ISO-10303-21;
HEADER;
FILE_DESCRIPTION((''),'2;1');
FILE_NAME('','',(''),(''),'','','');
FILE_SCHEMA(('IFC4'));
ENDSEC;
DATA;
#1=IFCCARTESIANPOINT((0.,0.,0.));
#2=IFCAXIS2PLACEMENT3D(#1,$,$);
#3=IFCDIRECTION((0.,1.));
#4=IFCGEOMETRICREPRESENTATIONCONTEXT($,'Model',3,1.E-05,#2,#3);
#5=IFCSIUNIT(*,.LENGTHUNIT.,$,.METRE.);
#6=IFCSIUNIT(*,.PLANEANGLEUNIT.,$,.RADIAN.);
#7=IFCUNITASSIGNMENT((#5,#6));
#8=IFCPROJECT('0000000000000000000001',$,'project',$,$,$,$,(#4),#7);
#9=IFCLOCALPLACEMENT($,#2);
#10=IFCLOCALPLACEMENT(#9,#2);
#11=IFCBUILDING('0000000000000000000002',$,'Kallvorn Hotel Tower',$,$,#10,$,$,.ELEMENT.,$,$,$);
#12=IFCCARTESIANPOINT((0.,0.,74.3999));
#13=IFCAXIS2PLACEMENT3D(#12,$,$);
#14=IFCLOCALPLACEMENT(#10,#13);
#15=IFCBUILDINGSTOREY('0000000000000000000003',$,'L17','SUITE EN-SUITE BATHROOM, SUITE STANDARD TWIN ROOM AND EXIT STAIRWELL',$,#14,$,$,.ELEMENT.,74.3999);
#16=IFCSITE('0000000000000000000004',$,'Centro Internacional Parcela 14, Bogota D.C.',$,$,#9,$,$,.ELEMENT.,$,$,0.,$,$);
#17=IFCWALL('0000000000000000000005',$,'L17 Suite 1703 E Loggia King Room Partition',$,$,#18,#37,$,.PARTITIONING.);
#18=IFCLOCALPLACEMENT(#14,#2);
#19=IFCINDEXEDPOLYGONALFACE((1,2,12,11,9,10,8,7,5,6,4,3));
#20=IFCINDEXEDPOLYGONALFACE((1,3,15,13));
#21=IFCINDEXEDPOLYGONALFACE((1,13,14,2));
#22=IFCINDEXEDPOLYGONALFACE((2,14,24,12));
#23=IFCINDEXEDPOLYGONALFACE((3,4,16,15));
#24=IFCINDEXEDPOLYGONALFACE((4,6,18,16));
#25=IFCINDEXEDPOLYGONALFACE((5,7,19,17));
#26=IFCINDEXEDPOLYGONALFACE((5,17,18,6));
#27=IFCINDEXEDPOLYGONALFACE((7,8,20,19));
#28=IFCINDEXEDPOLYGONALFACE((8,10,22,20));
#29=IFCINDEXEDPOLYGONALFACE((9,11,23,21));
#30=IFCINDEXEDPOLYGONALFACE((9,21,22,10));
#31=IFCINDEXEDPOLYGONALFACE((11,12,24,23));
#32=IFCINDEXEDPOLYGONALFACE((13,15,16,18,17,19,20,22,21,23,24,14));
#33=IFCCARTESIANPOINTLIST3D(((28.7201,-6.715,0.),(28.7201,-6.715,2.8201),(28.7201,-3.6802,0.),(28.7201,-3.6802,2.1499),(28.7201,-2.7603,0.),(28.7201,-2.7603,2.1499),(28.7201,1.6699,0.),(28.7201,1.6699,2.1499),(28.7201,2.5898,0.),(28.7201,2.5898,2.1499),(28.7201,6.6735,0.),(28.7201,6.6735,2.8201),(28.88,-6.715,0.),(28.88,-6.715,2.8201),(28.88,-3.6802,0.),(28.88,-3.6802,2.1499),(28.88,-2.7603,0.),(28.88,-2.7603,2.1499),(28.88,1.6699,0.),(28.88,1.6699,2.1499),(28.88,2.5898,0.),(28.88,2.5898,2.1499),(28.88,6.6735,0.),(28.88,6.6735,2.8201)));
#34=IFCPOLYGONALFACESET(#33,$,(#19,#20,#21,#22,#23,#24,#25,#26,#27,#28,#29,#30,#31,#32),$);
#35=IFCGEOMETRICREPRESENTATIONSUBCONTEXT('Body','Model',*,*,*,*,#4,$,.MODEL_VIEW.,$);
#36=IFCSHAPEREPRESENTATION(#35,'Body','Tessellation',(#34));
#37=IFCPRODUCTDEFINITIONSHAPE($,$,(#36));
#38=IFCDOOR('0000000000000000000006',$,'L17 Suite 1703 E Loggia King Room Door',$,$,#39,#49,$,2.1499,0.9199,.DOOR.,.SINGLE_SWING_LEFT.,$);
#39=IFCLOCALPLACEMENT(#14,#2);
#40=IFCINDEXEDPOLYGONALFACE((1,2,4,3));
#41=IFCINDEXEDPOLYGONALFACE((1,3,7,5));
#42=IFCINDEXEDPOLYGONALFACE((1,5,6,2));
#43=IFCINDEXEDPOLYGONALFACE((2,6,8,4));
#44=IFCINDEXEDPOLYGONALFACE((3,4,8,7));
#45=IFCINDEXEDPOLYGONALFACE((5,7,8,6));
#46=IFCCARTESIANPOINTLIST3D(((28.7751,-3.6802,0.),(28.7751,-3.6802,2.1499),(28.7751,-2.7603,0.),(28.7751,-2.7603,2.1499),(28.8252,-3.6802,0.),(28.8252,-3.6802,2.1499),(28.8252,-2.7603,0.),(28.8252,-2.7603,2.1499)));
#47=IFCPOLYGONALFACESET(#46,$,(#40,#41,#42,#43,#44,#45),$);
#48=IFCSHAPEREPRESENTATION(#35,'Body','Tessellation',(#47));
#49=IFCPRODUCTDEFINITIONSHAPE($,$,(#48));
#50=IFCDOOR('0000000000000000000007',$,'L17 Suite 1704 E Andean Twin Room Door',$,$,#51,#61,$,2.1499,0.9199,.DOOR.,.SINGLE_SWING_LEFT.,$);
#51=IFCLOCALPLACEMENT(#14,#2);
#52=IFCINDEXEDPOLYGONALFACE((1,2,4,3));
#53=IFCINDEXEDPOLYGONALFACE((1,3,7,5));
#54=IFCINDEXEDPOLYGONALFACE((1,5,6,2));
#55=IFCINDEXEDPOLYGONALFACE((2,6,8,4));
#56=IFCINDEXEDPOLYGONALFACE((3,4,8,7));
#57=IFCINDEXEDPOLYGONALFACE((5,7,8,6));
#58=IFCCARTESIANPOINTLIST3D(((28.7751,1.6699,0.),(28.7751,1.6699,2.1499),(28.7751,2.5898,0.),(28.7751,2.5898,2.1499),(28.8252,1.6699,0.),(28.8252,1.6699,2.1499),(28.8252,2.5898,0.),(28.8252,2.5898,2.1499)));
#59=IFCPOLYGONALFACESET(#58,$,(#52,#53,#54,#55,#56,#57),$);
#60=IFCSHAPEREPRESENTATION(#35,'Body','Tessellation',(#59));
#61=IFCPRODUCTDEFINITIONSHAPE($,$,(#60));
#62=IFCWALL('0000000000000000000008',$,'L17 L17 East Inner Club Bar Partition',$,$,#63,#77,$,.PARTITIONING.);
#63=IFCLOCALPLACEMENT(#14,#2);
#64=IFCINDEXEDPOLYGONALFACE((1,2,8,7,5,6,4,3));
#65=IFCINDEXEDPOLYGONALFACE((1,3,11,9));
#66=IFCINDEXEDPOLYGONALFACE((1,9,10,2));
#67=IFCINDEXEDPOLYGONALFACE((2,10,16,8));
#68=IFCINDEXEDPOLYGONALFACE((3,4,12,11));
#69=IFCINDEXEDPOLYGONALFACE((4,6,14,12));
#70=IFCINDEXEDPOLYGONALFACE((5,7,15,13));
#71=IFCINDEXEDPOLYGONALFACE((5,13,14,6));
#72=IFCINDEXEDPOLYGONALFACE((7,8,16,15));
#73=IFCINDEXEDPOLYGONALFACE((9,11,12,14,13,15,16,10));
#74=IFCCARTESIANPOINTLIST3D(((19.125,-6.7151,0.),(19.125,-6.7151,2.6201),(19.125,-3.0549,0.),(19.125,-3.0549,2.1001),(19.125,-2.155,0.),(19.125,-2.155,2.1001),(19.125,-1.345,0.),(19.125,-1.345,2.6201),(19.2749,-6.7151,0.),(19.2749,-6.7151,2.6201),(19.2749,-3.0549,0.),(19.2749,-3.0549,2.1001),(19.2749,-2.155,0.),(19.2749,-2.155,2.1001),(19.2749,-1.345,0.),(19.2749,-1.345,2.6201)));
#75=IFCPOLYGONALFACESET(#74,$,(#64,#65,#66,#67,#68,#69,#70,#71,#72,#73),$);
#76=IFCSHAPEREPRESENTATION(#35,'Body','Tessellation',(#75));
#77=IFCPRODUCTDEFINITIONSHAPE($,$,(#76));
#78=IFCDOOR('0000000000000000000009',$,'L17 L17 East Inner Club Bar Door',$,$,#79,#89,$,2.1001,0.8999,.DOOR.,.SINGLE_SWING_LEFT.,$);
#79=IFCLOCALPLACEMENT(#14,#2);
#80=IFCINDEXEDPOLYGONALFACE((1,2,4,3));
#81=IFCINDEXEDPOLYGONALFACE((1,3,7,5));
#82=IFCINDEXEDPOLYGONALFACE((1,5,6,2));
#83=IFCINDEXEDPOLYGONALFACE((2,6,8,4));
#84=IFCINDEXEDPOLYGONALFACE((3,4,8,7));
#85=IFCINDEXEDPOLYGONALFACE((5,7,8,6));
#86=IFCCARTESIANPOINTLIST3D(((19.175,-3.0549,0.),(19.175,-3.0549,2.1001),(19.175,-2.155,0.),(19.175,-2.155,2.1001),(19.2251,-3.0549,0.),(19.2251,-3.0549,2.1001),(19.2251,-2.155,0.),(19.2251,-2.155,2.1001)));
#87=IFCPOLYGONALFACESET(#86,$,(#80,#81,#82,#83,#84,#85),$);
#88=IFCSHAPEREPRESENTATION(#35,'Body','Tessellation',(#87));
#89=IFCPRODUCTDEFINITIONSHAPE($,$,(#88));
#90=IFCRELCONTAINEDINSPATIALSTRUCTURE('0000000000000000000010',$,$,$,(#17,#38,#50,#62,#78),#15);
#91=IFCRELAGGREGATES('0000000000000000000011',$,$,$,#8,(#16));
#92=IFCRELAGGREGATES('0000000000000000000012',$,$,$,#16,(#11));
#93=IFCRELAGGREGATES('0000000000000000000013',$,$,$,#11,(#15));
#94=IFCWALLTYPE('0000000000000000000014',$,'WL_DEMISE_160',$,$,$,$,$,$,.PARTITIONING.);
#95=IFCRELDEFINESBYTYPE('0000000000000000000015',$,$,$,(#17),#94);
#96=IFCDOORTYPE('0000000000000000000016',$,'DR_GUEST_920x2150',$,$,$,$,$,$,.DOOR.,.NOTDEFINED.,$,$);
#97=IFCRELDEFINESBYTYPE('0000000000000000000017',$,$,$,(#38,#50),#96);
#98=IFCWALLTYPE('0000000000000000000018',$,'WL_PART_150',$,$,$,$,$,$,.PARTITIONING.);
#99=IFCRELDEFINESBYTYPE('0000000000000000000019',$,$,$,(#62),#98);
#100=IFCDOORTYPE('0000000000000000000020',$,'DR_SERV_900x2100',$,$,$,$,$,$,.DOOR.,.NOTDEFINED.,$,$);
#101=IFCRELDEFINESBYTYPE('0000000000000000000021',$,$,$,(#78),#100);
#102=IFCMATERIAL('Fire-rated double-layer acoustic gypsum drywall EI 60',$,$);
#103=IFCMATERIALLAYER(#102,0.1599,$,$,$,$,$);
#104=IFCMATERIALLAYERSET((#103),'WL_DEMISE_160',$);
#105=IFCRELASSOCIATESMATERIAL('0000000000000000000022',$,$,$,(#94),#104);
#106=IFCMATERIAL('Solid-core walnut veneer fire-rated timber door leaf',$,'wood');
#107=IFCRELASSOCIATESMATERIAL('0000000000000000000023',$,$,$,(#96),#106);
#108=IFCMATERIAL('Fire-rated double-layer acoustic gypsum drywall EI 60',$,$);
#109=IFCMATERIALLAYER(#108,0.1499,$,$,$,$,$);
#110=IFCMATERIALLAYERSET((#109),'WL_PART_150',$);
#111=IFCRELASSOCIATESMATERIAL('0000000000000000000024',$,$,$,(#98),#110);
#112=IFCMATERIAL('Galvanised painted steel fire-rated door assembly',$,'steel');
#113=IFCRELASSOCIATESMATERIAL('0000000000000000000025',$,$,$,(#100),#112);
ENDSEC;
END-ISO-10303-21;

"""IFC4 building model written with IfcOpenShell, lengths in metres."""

from ifc_helpers import new_model, si_unit, direction, frame, frame_2d, origin, place, context, subcontext, project, spatial, rectangle, extrude, material, layer, layer_set, type_object, element, fill, save


model = new_model("IFC4")

# Units and contexts
model_context = context("Model", 3, precision=1e-05, world=origin(), true_north=direction((0.0, 1.0)))
body_context = subcontext(model_context, "Body", "Model", "MODEL_VIEW")
ifc_project = project(units=[si_unit("LENGTHUNIT", "METRE"), si_unit("PLANEANGLEUNIT", "RADIAN")], contexts=[model_context])

# Site, building, storey
site_placement = place(None, origin())
site = spatial("IfcSite", under=ifc_project, at=site_placement, Name="Centro Internacional Parcela 14, Bogota D.C.", CompositionType="ELEMENT", RefElevation=0.0)
building_placement = place(site_placement, origin())
building = spatial("IfcBuilding", under=site, at=building_placement, Name="Kallvorn Hotel Tower", CompositionType="ELEMENT")
storey_placement = place(building_placement, frame((0.0, 0.0, 74.3999)))
storey = spatial("IfcBuildingStorey", under=building, at=storey_placement, Name="L17", Description="SUITE EN-SUITE BATHROOM, SUITE STANDARD TWIN ROOM AND EXIT STAIRWELL", CompositionType="ELEMENT", Elevation=74.3999)

# Shared definitions
ifc_material_1 = material(Name="Fire-rated double-layer acoustic gypsum drywall EI 60")
ifc_layer_1 = layer(ifc_material_1, 0.1599)
ifc_layer_set_1 = layer_set([ifc_layer_1], Name="WL_DEMISE_160")
wall_type_1 = type_object("IfcWallType", Name="WL_DEMISE_160", PredefinedType="PARTITIONING", material=ifc_layer_set_1)

# Wall, openings, doors
wall_1_placement = place(storey_placement, frame((28.8, -6.7151, 0.0), z_axis=(0.0, 0.0, 1.0), x_axis=(0.0, 1.0, 0.0)))
wall_1 = element("IfcWall", 1, at=wall_1_placement, inside=storey, type_object=wall_type_1, Name="L17 Suite 1703 E Loggia King Room Partition", PredefinedType="PARTITIONING", context=body_context, shape_type="SweptSolid", body=[
    extrude(rectangle(XDim=13.3884, YDim=0.1599, at=frame_2d((6.6943, 0.0))), origin(), (0.0, 0.0, 1.0), 2.8201),
])
opening_1_placement = place(wall_1_placement, frame((3.0349, 0.0, 0.0)))
opening_1 = element("IfcOpeningElement", 2, at=opening_1_placement, cuts=wall_1, PredefinedType="OPENING", context=body_context, shape_type="SweptSolid", body=[
    extrude(rectangle(XDim=0.9199, YDim=2.1499, at=frame_2d((0.46, 1.075))), frame((0.0, 0.095, 0.0), z_axis=(0.0, -1.0, 0.0), x_axis=(1.0, 0.0, 0.0)), (0.0, 0.0, 1.0), 0.1899),
])
opening_2_placement = place(wall_1_placement, frame((8.385, 0.0, 0.0)))
opening_2 = element("IfcOpeningElement", 3, at=opening_2_placement, cuts=wall_1, PredefinedType="OPENING", context=body_context, shape_type="SweptSolid", body=[
    extrude(rectangle(XDim=0.9199, YDim=2.1499, at=frame_2d((0.46, 1.075))), frame((0.0, 0.095, 0.0), z_axis=(0.0, -1.0, 0.0), x_axis=(1.0, 0.0, 0.0)), (0.0, 0.0, 1.0), 0.1899),
])
ifc_material_2 = material(Name="Solid-core walnut veneer fire-rated timber door leaf", Category="wood")
door_type_1 = type_object("IfcDoorType", Name="DR_GUEST_920x2150", OperationType="NOTDEFINED", PredefinedType="DOOR", material=ifc_material_2)
door_1_placement = place(opening_1_placement, origin())
door_1 = element("IfcDoor", 4, at=door_1_placement, inside=storey, type_object=door_type_1, Name="L17 Suite 1703 E Loggia King Room Door", OperationType="SINGLE_SWING_LEFT", OverallHeight=2.1499, OverallWidth=0.9199, PredefinedType="DOOR", context=body_context, shape_type="SweptSolid", body=[
    extrude(rectangle(XDim=0.9199, YDim=2.1499, at=frame_2d((0.46, 1.075))), frame((0.0, 0.0249, 0.0), z_axis=(0.0, -1.0, 0.0), x_axis=(1.0, 0.0, 0.0)), (0.0, 0.0, 1.0), 0.05),
])
fill(opening_1, door_1)
door_2_placement = place(opening_2_placement, origin())
door_2 = element("IfcDoor", 5, at=door_2_placement, inside=storey, type_object=door_type_1, Name="L17 Suite 1704 E Andean Twin Room Door", OperationType="SINGLE_SWING_LEFT", OverallHeight=2.1499, OverallWidth=0.9199, PredefinedType="DOOR", context=body_context, shape_type="SweptSolid", body=[
    extrude(rectangle(XDim=0.9199, YDim=2.1499, at=frame_2d((0.46, 1.075))), frame((0.0, 0.0249, 0.0), z_axis=(0.0, -1.0, 0.0), x_axis=(1.0, 0.0, 0.0)), (0.0, 0.0, 1.0), 0.05),
])
fill(opening_2, door_2)

# Wall, opening, door
ifc_material_3 = material(Name="Fire-rated double-layer acoustic gypsum drywall EI 60")
ifc_layer_2 = layer(ifc_material_3, 0.1499)
ifc_layer_set_2 = layer_set([ifc_layer_2], Name="WL_PART_150")
wall_type_2 = type_object("IfcWallType", Name="WL_PART_150", PredefinedType="PARTITIONING", material=ifc_layer_set_2)
wall_2_placement = place(storey_placement, frame((19.2, -6.7151, 0.0), z_axis=(0.0, 0.0, 1.0), x_axis=(0.0, 1.0, 0.0)))
wall_2 = element("IfcWall", 6, at=wall_2_placement, inside=storey, type_object=wall_type_2, Name="L17 L17 East Inner Club Bar Partition", PredefinedType="PARTITIONING", context=body_context, shape_type="SweptSolid", body=[
    extrude(rectangle(XDim=5.3701, YDim=0.1499, at=frame_2d((2.6851, 0.0))), origin(), (0.0, 0.0, 1.0), 2.6201),
])
opening_3_placement = place(wall_2_placement, frame((3.6602, 0.0, 0.0)))
opening_3 = element("IfcOpeningElement", 7, at=opening_3_placement, cuts=wall_2, PredefinedType="OPENING", context=body_context, shape_type="SweptSolid", body=[
    extrude(rectangle(XDim=0.8999, YDim=2.1001, at=frame_2d((0.45, 1.05))), frame((0.0, 0.0898, 0.0), z_axis=(0.0, -1.0, 0.0), x_axis=(1.0, 0.0, 0.0)), (0.0, 0.0, 1.0), 0.1799),
])
ifc_material_4 = material(Name="Galvanised painted steel fire-rated door assembly", Category="steel")
door_type_2 = type_object("IfcDoorType", Name="DR_SERV_900x2100", OperationType="NOTDEFINED", PredefinedType="DOOR", material=ifc_material_4)
door_3_placement = place(opening_3_placement, origin())
door_3 = element("IfcDoor", 8, at=door_3_placement, inside=storey, type_object=door_type_2, Name="L17 L17 East Inner Club Bar Door", OperationType="SINGLE_SWING_LEFT", OverallHeight=2.1001, OverallWidth=0.8999, PredefinedType="DOOR", context=body_context, shape_type="SweptSolid", body=[
    extrude(rectangle(XDim=0.8999, YDim=2.1001, at=frame_2d((0.45, 1.05))), frame((0.0, 0.0249, 0.0), z_axis=(0.0, -1.0, 0.0), x_axis=(1.0, 0.0, 0.0)), (0.0, 0.0, 1.0), 0.05),
])
fill(opening_3, door_3)

save(model, "model.ifc")
